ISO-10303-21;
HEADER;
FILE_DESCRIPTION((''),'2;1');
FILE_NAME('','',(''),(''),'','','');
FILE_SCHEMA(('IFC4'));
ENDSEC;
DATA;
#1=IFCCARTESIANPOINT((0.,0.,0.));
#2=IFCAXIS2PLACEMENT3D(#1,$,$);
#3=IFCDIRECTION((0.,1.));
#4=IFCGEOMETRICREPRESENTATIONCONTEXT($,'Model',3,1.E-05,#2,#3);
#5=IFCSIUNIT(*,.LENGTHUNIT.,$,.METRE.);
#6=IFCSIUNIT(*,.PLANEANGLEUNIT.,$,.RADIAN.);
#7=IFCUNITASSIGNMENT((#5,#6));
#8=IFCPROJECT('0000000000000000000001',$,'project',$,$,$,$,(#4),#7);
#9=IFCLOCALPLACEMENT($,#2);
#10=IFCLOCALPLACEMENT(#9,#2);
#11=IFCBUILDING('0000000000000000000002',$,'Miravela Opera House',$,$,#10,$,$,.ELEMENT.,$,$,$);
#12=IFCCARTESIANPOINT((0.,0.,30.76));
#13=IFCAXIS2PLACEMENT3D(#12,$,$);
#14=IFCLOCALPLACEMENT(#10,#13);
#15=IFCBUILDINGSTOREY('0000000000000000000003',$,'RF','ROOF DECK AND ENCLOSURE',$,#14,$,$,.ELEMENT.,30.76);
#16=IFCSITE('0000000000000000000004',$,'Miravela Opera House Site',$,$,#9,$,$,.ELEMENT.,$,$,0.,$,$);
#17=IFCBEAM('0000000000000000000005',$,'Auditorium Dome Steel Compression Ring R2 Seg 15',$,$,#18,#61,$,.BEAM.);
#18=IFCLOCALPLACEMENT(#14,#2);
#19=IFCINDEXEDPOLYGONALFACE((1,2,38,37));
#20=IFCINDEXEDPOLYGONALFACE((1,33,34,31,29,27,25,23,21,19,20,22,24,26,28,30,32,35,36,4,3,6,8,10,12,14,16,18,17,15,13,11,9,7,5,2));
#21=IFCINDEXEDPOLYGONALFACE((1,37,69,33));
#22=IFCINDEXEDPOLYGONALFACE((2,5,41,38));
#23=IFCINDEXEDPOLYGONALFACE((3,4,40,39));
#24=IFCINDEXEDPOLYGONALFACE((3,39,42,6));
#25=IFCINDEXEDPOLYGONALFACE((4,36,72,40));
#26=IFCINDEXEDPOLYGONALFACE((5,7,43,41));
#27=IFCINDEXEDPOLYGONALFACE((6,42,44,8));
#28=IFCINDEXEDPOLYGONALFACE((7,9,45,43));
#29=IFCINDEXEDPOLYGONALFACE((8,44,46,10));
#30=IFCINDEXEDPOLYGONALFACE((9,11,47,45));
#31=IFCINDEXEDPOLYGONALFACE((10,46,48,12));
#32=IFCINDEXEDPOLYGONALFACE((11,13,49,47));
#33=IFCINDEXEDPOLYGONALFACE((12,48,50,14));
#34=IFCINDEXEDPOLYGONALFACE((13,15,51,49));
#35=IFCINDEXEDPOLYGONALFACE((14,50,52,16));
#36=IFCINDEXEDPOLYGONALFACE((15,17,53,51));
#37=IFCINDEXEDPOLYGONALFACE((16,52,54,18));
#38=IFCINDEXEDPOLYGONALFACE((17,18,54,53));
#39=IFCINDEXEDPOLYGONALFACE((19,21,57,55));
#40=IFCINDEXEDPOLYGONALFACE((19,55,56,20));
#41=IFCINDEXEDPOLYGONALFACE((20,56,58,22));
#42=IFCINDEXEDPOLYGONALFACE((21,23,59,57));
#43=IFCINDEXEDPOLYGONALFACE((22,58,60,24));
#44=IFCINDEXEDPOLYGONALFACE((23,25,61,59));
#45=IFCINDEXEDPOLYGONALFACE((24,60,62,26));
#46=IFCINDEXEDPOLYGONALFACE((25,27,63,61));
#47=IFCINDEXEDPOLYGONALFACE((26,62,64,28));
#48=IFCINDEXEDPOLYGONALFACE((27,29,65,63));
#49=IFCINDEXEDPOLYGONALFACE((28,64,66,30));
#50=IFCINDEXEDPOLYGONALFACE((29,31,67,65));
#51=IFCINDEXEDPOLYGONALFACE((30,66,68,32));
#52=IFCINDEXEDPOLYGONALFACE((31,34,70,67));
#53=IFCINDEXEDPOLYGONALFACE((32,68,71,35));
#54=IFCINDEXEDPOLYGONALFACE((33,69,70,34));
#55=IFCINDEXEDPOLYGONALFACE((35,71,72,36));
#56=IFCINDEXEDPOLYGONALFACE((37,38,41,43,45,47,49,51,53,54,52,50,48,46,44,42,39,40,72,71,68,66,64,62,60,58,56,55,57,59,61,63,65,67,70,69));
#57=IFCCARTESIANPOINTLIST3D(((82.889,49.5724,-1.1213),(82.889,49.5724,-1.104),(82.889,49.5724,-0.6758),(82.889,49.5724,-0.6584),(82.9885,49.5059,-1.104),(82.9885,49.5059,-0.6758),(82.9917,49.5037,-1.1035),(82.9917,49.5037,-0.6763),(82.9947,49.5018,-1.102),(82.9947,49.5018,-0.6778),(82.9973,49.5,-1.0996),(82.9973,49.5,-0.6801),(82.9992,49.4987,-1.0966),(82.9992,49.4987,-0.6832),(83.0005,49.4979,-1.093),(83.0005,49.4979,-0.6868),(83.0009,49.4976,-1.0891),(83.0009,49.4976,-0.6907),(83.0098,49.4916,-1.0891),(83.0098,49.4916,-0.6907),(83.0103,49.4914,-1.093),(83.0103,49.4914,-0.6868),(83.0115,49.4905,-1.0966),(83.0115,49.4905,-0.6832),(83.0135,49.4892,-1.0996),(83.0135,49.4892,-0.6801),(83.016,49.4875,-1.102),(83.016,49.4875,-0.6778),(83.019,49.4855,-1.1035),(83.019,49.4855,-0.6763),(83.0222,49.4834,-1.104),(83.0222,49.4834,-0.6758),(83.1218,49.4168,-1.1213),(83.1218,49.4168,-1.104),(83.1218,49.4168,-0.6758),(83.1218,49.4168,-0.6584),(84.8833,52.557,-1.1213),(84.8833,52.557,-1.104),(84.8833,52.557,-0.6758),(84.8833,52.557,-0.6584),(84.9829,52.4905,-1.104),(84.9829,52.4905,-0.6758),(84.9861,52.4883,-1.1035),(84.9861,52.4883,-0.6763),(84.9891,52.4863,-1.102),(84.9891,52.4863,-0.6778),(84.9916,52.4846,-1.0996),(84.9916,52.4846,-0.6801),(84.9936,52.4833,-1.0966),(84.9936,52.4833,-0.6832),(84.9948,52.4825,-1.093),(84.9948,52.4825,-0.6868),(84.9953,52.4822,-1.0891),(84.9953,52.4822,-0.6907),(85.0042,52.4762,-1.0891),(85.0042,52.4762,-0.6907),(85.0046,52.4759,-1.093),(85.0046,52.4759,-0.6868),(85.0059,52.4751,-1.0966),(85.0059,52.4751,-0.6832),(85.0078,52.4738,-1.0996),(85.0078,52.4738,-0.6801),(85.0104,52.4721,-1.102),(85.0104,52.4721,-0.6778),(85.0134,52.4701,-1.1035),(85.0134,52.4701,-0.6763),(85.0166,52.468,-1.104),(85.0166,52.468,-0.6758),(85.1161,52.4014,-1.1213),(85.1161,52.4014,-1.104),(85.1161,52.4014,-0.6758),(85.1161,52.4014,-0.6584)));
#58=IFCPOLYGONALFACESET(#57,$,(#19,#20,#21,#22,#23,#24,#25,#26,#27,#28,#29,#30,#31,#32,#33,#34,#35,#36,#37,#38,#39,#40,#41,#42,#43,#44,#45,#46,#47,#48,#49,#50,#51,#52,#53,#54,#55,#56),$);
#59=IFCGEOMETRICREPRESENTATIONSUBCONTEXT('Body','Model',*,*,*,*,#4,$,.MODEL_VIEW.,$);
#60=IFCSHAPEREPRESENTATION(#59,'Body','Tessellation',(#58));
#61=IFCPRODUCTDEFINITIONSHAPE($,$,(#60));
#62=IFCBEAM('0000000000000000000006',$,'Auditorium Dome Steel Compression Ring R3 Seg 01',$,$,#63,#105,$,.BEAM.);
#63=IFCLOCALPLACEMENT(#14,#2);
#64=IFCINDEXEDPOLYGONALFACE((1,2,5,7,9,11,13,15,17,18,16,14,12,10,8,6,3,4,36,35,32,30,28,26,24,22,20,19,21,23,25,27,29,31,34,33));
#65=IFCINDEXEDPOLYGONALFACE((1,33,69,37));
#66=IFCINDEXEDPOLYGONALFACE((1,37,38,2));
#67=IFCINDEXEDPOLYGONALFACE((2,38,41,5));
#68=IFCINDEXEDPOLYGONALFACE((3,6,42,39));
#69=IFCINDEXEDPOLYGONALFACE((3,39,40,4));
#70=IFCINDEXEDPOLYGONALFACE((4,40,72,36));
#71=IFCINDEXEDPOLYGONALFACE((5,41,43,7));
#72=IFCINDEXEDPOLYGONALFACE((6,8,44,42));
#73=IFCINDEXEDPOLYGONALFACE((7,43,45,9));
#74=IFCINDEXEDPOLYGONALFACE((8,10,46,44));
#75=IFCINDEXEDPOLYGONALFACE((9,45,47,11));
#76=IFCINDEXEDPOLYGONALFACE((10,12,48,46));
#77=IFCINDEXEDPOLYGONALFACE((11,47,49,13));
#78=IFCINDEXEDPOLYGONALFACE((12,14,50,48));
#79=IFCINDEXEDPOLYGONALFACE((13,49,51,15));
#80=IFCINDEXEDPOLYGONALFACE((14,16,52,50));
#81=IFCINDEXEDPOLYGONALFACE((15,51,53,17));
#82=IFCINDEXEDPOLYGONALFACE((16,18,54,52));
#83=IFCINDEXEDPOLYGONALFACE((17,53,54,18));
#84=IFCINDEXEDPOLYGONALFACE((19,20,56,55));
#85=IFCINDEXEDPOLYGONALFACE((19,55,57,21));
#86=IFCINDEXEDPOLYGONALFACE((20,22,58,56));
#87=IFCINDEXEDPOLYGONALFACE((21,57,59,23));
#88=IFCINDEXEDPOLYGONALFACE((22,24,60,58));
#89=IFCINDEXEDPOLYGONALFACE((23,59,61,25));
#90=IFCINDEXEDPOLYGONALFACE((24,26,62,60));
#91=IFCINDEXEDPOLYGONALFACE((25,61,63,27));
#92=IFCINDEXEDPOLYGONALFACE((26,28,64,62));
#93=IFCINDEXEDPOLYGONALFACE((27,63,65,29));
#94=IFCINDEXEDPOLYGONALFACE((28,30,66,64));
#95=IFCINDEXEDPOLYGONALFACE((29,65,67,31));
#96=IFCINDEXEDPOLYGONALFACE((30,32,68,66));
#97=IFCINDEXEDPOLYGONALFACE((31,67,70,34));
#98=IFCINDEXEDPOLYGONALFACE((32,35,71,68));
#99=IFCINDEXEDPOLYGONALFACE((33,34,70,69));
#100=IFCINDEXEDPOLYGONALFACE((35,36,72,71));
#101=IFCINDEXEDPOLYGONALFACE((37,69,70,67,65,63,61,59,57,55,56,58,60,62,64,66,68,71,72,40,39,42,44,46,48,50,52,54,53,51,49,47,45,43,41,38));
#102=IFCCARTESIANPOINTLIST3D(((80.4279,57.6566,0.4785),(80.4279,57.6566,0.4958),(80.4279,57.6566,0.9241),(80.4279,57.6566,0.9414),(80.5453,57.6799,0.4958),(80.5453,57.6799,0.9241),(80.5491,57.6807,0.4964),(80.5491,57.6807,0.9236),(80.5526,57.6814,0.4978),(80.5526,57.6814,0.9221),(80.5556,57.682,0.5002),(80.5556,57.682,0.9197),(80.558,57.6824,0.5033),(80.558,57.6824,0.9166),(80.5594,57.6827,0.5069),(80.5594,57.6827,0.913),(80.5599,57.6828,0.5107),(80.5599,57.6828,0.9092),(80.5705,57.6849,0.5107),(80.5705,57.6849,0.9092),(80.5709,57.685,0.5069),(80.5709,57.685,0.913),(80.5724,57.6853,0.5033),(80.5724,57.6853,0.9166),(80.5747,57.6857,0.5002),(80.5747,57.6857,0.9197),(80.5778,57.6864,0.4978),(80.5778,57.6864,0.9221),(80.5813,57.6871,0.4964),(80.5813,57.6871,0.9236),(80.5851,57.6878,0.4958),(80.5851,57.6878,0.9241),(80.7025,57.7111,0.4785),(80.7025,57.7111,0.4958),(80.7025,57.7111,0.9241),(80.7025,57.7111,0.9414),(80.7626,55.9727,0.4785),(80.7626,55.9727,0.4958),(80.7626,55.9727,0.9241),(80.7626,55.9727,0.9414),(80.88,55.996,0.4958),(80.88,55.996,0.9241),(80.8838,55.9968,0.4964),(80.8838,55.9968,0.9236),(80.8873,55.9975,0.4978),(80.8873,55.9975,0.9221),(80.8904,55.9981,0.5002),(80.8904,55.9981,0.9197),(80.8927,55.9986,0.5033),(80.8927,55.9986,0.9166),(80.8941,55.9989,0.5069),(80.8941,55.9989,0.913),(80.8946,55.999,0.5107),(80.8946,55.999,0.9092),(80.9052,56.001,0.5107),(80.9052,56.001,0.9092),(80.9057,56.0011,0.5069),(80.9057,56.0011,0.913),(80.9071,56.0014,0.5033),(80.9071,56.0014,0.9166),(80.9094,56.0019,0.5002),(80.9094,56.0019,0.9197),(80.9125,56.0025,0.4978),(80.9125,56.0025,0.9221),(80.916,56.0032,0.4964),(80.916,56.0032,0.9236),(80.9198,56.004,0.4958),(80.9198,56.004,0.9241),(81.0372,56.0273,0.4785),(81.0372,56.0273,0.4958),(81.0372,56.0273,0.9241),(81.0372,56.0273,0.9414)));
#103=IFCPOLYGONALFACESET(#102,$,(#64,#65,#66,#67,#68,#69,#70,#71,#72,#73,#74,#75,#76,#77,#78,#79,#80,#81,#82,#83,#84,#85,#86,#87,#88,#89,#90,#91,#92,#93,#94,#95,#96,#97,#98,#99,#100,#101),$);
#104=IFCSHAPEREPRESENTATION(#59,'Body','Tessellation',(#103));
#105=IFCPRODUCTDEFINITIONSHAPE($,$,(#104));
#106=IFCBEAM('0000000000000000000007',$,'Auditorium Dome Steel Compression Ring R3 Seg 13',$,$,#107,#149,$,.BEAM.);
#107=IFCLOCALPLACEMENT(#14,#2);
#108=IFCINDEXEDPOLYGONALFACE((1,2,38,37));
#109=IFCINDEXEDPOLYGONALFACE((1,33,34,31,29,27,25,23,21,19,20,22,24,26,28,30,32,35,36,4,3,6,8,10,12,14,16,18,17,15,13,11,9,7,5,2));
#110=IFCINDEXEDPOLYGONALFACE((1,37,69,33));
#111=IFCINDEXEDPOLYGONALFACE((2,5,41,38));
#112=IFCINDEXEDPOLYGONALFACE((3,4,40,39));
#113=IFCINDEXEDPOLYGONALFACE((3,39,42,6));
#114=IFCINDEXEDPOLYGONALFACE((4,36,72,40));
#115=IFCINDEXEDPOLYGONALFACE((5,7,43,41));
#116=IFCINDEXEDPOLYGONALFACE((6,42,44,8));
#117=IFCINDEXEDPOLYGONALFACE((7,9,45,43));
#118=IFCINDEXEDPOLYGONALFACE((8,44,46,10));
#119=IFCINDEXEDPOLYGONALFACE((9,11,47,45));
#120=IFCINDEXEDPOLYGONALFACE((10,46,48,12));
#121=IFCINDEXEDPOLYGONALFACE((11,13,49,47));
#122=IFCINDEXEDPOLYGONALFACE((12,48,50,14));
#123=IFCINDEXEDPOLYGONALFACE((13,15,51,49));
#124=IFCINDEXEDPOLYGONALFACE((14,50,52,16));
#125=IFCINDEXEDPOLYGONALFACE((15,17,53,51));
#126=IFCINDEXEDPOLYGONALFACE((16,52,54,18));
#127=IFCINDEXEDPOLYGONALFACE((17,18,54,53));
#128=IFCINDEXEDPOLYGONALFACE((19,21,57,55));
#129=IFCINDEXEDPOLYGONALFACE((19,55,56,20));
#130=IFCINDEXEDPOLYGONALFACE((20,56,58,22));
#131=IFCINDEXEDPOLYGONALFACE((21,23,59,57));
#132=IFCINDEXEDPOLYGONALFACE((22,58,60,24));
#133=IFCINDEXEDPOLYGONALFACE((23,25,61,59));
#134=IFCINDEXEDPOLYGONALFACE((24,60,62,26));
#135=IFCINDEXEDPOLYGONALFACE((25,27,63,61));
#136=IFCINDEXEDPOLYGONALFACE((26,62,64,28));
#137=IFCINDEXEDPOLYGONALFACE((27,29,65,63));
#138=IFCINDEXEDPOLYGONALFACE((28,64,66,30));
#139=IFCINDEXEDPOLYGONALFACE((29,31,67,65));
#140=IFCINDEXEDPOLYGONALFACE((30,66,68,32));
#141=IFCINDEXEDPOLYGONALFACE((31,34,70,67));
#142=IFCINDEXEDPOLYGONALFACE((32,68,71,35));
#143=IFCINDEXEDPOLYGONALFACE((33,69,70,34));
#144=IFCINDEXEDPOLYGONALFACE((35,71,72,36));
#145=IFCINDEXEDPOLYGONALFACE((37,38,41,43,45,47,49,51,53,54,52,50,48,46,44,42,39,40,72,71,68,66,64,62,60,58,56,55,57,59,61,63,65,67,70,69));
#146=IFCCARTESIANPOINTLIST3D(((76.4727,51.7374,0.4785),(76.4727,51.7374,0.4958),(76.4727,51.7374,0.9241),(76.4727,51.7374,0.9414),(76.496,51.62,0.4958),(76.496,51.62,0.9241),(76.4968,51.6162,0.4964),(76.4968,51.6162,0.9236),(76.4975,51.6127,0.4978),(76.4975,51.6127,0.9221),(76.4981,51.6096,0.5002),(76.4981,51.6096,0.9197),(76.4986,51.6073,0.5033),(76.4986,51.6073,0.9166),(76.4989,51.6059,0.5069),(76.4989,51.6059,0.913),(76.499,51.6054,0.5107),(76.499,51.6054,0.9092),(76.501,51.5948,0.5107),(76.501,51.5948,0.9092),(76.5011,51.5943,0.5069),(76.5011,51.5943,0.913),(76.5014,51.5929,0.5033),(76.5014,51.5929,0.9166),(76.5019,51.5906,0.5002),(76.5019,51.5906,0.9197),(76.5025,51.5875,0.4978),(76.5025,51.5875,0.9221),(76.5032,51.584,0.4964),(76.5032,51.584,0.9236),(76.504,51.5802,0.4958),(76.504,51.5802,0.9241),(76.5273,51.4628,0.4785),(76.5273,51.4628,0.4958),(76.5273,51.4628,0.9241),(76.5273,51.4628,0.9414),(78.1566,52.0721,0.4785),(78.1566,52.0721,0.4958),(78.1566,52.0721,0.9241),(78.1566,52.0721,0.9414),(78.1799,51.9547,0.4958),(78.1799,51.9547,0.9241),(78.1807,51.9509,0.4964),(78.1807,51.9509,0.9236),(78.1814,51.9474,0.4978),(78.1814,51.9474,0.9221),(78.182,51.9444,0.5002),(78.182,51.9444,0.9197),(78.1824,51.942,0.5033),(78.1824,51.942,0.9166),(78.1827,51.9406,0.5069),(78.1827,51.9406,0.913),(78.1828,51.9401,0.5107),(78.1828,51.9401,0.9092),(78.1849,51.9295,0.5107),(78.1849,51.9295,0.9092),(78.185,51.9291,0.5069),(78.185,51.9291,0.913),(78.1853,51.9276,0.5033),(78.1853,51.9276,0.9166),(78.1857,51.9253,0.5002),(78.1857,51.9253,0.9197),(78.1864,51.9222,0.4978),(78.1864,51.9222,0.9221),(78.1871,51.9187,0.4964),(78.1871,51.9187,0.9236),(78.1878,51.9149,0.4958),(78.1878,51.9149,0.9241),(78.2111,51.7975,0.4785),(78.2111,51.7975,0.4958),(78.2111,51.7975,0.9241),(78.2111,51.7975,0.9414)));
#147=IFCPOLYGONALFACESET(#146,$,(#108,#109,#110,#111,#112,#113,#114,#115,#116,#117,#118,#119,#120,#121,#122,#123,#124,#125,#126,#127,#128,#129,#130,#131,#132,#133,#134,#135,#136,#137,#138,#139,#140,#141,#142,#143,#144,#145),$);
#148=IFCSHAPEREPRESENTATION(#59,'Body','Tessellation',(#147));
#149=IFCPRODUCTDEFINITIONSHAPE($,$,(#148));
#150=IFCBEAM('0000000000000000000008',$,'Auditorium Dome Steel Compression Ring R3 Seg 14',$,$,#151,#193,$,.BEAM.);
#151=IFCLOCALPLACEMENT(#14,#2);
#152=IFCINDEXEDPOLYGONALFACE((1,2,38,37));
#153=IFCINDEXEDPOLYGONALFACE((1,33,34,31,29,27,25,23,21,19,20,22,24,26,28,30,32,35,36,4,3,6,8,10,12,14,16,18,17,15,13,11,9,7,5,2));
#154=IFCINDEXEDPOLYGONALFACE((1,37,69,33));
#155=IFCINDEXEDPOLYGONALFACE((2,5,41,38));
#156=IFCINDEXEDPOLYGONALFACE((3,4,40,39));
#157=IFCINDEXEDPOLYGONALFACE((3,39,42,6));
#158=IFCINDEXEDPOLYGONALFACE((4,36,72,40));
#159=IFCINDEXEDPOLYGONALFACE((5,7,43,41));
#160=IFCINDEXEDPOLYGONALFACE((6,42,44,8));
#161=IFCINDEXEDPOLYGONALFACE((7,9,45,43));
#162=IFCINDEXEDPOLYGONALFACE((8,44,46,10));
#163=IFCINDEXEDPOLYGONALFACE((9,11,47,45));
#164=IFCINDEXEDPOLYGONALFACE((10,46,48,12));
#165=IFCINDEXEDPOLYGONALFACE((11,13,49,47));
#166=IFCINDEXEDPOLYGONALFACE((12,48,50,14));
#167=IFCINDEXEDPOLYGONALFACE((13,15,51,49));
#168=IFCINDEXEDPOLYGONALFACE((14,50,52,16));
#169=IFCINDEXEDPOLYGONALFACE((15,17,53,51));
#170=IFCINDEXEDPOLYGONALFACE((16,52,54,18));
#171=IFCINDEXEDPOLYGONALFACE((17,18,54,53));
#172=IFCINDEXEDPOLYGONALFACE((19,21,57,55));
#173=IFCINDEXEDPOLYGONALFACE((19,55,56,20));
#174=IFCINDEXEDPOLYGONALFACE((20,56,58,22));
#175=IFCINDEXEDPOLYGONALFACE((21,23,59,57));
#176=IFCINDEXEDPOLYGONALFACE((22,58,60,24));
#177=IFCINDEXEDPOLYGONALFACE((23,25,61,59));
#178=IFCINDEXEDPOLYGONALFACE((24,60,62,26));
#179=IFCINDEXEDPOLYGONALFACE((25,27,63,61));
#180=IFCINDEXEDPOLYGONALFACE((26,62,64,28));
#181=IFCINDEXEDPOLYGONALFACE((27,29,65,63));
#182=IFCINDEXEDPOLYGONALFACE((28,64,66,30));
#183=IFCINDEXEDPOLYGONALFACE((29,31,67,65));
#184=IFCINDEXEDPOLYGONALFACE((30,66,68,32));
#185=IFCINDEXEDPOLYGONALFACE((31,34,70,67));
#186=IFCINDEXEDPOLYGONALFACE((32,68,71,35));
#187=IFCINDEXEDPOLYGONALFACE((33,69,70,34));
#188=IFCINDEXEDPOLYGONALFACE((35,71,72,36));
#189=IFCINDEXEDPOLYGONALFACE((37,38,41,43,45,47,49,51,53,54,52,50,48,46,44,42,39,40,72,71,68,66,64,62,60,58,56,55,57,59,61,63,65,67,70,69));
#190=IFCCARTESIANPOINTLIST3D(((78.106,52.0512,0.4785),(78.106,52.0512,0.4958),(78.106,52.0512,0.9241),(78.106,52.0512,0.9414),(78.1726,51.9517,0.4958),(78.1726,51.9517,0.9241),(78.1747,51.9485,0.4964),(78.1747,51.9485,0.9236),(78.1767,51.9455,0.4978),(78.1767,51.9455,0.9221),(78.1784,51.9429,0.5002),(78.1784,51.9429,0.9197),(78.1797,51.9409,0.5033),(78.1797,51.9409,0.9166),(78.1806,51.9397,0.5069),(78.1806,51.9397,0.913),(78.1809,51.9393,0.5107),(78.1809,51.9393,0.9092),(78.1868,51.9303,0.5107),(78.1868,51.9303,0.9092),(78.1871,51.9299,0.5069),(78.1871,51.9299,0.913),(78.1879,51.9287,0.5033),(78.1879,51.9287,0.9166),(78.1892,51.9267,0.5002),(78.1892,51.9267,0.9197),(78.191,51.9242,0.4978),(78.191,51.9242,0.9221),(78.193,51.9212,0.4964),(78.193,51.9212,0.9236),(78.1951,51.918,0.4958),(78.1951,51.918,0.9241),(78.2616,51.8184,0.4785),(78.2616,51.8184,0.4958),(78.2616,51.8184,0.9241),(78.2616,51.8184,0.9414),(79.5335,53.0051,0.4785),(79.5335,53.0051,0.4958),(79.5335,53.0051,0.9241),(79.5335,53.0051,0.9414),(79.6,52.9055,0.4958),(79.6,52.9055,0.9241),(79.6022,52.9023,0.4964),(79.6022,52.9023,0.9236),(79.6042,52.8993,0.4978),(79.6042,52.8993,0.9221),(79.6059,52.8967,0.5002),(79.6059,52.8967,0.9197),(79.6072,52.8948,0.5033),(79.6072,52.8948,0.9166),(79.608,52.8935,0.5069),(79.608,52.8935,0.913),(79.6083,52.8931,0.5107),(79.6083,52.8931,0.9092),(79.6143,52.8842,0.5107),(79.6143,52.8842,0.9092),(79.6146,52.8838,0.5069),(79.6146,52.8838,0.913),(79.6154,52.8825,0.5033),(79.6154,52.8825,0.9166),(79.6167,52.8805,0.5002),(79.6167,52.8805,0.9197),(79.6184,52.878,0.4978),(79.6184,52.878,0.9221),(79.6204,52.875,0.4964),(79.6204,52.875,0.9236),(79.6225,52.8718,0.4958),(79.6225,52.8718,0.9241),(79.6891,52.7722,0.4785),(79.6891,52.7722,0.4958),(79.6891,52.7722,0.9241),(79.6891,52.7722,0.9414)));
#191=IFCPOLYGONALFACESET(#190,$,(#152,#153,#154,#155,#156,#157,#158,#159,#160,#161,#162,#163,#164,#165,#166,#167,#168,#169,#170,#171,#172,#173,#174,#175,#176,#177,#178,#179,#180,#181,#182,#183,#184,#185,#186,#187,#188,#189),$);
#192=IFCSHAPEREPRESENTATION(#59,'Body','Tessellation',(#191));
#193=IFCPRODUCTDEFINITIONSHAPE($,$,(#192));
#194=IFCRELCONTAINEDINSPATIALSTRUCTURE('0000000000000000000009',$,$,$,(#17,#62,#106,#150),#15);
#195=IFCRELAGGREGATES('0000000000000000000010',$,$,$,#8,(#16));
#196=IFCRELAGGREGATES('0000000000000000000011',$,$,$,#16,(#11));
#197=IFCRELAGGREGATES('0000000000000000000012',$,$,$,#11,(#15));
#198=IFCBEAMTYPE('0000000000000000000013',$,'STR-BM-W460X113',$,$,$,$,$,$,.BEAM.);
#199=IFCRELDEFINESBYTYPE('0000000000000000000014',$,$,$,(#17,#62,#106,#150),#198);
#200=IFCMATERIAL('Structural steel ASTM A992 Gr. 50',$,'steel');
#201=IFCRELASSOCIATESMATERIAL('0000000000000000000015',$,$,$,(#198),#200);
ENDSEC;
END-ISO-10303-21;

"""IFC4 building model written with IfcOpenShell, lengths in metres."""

from ifc_helpers import new_model, si_unit, direction, frame, origin, origin_2d, place, context, subcontext, project, spatial, i_section, extrude, material, material_profile, profile_set, type_object, element, save


model = new_model("IFC4")

# Units and contexts
model_context = context("Model", 3, precision=1e-05, world=origin(), true_north=direction((0.0, 1.0)))
body_context = subcontext(model_context, "Body", "Model", "MODEL_VIEW")
ifc_project = project(units=[si_unit("LENGTHUNIT", "METRE"), si_unit("PLANEANGLEUNIT", "RADIAN")], contexts=[model_context])

# Site, building, storey
site_placement = place(None, origin())
site = spatial("IfcSite", under=ifc_project, at=site_placement, Name="Miravela Opera House Site", CompositionType="ELEMENT", RefElevation=0.0)
building_placement = place(site_placement, origin())
building = spatial("IfcBuilding", under=site, at=building_placement, Name="Miravela Opera House", CompositionType="ELEMENT")
storey_placement = place(building_placement, frame((0.0, 0.0, 30.76)))
storey = spatial("IfcBuildingStorey", under=building, at=storey_placement, Name="RF", Description="ROOF DECK AND ENCLOSURE", CompositionType="ELEMENT", Elevation=30.76)

# Beams
ifc_material_1 = material(Name="Structural steel ASTM A992 Gr. 50", Category="steel")
ifc_material_profile_1 = material_profile(ifc_material_1, i_section(OverallWidth=0.28, OverallDepth=0.4629, WebThickness=0.0107, FlangeThickness=0.0173, FilletRadius=0.0149, at=origin_2d()), Name="W460X113")
ifc_profile_set_1 = profile_set([ifc_material_profile_1])
beam_type = type_object("IfcBeamType", Name="STR-BM-W460X113", PredefinedType="BEAM", material=ifc_profile_set_1)
beam_1_placement = place(storey_placement, frame((83.0054, 49.4946, -0.8899), z_axis=(0.555595, 0.831453, 0.0), x_axis=(-0.831453, 0.555595, 0.0)))
element("IfcBeam", 1, at=beam_1_placement, inside=storey, type_object=beam_type, Name="Auditorium Dome Steel Compression Ring R2 Seg 15", PredefinedType="BEAM", context=body_context, shape_type="SweptSolid", body=[
    extrude(i_section(OverallWidth=0.28, OverallDepth=0.4629, WebThickness=0.0107, FlangeThickness=0.0173, FilletRadius=0.0149, at=origin_2d()), origin(), (0.0, 0.0, 1.0), 3.5896),
])
for number, where, z_axis, x_axis, name in (
    (2, (80.8999, 56.0, 0.71), (-0.194967, 0.98081, 0.0), (-0.98081, -0.194967, 0.0), "Auditorium Dome Steel Compression Ring R3 Seg 01"),
    (3, (76.5, 51.6001, 0.71), (0.98081, 0.194967, 0.0), (-0.194967, 0.98081, 0.0), "Auditorium Dome Steel Compression Ring R3 Seg 13"),
    (4, (78.1838, 51.9348, 0.71), (0.831459, 0.555586, 0.0), (-0.555586, 0.831459, 0.0), "Auditorium Dome Steel Compression Ring R3 Seg 14"),
):
    element("IfcBeam", number, at=place(storey_placement, frame(where, z_axis=z_axis, x_axis=x_axis)), inside=storey, type_object=beam_type, Name=name, PredefinedType="BEAM", context=body_context, shape_type="SweptSolid", body=[
        extrude(i_section(OverallWidth=0.28, OverallDepth=0.4629, WebThickness=0.0107, FlangeThickness=0.0173, FilletRadius=0.0149, at=origin_2d()), origin(), (0.0, 0.0, 1.0), 1.7168),
    ])

save(model, "model.ifc")
